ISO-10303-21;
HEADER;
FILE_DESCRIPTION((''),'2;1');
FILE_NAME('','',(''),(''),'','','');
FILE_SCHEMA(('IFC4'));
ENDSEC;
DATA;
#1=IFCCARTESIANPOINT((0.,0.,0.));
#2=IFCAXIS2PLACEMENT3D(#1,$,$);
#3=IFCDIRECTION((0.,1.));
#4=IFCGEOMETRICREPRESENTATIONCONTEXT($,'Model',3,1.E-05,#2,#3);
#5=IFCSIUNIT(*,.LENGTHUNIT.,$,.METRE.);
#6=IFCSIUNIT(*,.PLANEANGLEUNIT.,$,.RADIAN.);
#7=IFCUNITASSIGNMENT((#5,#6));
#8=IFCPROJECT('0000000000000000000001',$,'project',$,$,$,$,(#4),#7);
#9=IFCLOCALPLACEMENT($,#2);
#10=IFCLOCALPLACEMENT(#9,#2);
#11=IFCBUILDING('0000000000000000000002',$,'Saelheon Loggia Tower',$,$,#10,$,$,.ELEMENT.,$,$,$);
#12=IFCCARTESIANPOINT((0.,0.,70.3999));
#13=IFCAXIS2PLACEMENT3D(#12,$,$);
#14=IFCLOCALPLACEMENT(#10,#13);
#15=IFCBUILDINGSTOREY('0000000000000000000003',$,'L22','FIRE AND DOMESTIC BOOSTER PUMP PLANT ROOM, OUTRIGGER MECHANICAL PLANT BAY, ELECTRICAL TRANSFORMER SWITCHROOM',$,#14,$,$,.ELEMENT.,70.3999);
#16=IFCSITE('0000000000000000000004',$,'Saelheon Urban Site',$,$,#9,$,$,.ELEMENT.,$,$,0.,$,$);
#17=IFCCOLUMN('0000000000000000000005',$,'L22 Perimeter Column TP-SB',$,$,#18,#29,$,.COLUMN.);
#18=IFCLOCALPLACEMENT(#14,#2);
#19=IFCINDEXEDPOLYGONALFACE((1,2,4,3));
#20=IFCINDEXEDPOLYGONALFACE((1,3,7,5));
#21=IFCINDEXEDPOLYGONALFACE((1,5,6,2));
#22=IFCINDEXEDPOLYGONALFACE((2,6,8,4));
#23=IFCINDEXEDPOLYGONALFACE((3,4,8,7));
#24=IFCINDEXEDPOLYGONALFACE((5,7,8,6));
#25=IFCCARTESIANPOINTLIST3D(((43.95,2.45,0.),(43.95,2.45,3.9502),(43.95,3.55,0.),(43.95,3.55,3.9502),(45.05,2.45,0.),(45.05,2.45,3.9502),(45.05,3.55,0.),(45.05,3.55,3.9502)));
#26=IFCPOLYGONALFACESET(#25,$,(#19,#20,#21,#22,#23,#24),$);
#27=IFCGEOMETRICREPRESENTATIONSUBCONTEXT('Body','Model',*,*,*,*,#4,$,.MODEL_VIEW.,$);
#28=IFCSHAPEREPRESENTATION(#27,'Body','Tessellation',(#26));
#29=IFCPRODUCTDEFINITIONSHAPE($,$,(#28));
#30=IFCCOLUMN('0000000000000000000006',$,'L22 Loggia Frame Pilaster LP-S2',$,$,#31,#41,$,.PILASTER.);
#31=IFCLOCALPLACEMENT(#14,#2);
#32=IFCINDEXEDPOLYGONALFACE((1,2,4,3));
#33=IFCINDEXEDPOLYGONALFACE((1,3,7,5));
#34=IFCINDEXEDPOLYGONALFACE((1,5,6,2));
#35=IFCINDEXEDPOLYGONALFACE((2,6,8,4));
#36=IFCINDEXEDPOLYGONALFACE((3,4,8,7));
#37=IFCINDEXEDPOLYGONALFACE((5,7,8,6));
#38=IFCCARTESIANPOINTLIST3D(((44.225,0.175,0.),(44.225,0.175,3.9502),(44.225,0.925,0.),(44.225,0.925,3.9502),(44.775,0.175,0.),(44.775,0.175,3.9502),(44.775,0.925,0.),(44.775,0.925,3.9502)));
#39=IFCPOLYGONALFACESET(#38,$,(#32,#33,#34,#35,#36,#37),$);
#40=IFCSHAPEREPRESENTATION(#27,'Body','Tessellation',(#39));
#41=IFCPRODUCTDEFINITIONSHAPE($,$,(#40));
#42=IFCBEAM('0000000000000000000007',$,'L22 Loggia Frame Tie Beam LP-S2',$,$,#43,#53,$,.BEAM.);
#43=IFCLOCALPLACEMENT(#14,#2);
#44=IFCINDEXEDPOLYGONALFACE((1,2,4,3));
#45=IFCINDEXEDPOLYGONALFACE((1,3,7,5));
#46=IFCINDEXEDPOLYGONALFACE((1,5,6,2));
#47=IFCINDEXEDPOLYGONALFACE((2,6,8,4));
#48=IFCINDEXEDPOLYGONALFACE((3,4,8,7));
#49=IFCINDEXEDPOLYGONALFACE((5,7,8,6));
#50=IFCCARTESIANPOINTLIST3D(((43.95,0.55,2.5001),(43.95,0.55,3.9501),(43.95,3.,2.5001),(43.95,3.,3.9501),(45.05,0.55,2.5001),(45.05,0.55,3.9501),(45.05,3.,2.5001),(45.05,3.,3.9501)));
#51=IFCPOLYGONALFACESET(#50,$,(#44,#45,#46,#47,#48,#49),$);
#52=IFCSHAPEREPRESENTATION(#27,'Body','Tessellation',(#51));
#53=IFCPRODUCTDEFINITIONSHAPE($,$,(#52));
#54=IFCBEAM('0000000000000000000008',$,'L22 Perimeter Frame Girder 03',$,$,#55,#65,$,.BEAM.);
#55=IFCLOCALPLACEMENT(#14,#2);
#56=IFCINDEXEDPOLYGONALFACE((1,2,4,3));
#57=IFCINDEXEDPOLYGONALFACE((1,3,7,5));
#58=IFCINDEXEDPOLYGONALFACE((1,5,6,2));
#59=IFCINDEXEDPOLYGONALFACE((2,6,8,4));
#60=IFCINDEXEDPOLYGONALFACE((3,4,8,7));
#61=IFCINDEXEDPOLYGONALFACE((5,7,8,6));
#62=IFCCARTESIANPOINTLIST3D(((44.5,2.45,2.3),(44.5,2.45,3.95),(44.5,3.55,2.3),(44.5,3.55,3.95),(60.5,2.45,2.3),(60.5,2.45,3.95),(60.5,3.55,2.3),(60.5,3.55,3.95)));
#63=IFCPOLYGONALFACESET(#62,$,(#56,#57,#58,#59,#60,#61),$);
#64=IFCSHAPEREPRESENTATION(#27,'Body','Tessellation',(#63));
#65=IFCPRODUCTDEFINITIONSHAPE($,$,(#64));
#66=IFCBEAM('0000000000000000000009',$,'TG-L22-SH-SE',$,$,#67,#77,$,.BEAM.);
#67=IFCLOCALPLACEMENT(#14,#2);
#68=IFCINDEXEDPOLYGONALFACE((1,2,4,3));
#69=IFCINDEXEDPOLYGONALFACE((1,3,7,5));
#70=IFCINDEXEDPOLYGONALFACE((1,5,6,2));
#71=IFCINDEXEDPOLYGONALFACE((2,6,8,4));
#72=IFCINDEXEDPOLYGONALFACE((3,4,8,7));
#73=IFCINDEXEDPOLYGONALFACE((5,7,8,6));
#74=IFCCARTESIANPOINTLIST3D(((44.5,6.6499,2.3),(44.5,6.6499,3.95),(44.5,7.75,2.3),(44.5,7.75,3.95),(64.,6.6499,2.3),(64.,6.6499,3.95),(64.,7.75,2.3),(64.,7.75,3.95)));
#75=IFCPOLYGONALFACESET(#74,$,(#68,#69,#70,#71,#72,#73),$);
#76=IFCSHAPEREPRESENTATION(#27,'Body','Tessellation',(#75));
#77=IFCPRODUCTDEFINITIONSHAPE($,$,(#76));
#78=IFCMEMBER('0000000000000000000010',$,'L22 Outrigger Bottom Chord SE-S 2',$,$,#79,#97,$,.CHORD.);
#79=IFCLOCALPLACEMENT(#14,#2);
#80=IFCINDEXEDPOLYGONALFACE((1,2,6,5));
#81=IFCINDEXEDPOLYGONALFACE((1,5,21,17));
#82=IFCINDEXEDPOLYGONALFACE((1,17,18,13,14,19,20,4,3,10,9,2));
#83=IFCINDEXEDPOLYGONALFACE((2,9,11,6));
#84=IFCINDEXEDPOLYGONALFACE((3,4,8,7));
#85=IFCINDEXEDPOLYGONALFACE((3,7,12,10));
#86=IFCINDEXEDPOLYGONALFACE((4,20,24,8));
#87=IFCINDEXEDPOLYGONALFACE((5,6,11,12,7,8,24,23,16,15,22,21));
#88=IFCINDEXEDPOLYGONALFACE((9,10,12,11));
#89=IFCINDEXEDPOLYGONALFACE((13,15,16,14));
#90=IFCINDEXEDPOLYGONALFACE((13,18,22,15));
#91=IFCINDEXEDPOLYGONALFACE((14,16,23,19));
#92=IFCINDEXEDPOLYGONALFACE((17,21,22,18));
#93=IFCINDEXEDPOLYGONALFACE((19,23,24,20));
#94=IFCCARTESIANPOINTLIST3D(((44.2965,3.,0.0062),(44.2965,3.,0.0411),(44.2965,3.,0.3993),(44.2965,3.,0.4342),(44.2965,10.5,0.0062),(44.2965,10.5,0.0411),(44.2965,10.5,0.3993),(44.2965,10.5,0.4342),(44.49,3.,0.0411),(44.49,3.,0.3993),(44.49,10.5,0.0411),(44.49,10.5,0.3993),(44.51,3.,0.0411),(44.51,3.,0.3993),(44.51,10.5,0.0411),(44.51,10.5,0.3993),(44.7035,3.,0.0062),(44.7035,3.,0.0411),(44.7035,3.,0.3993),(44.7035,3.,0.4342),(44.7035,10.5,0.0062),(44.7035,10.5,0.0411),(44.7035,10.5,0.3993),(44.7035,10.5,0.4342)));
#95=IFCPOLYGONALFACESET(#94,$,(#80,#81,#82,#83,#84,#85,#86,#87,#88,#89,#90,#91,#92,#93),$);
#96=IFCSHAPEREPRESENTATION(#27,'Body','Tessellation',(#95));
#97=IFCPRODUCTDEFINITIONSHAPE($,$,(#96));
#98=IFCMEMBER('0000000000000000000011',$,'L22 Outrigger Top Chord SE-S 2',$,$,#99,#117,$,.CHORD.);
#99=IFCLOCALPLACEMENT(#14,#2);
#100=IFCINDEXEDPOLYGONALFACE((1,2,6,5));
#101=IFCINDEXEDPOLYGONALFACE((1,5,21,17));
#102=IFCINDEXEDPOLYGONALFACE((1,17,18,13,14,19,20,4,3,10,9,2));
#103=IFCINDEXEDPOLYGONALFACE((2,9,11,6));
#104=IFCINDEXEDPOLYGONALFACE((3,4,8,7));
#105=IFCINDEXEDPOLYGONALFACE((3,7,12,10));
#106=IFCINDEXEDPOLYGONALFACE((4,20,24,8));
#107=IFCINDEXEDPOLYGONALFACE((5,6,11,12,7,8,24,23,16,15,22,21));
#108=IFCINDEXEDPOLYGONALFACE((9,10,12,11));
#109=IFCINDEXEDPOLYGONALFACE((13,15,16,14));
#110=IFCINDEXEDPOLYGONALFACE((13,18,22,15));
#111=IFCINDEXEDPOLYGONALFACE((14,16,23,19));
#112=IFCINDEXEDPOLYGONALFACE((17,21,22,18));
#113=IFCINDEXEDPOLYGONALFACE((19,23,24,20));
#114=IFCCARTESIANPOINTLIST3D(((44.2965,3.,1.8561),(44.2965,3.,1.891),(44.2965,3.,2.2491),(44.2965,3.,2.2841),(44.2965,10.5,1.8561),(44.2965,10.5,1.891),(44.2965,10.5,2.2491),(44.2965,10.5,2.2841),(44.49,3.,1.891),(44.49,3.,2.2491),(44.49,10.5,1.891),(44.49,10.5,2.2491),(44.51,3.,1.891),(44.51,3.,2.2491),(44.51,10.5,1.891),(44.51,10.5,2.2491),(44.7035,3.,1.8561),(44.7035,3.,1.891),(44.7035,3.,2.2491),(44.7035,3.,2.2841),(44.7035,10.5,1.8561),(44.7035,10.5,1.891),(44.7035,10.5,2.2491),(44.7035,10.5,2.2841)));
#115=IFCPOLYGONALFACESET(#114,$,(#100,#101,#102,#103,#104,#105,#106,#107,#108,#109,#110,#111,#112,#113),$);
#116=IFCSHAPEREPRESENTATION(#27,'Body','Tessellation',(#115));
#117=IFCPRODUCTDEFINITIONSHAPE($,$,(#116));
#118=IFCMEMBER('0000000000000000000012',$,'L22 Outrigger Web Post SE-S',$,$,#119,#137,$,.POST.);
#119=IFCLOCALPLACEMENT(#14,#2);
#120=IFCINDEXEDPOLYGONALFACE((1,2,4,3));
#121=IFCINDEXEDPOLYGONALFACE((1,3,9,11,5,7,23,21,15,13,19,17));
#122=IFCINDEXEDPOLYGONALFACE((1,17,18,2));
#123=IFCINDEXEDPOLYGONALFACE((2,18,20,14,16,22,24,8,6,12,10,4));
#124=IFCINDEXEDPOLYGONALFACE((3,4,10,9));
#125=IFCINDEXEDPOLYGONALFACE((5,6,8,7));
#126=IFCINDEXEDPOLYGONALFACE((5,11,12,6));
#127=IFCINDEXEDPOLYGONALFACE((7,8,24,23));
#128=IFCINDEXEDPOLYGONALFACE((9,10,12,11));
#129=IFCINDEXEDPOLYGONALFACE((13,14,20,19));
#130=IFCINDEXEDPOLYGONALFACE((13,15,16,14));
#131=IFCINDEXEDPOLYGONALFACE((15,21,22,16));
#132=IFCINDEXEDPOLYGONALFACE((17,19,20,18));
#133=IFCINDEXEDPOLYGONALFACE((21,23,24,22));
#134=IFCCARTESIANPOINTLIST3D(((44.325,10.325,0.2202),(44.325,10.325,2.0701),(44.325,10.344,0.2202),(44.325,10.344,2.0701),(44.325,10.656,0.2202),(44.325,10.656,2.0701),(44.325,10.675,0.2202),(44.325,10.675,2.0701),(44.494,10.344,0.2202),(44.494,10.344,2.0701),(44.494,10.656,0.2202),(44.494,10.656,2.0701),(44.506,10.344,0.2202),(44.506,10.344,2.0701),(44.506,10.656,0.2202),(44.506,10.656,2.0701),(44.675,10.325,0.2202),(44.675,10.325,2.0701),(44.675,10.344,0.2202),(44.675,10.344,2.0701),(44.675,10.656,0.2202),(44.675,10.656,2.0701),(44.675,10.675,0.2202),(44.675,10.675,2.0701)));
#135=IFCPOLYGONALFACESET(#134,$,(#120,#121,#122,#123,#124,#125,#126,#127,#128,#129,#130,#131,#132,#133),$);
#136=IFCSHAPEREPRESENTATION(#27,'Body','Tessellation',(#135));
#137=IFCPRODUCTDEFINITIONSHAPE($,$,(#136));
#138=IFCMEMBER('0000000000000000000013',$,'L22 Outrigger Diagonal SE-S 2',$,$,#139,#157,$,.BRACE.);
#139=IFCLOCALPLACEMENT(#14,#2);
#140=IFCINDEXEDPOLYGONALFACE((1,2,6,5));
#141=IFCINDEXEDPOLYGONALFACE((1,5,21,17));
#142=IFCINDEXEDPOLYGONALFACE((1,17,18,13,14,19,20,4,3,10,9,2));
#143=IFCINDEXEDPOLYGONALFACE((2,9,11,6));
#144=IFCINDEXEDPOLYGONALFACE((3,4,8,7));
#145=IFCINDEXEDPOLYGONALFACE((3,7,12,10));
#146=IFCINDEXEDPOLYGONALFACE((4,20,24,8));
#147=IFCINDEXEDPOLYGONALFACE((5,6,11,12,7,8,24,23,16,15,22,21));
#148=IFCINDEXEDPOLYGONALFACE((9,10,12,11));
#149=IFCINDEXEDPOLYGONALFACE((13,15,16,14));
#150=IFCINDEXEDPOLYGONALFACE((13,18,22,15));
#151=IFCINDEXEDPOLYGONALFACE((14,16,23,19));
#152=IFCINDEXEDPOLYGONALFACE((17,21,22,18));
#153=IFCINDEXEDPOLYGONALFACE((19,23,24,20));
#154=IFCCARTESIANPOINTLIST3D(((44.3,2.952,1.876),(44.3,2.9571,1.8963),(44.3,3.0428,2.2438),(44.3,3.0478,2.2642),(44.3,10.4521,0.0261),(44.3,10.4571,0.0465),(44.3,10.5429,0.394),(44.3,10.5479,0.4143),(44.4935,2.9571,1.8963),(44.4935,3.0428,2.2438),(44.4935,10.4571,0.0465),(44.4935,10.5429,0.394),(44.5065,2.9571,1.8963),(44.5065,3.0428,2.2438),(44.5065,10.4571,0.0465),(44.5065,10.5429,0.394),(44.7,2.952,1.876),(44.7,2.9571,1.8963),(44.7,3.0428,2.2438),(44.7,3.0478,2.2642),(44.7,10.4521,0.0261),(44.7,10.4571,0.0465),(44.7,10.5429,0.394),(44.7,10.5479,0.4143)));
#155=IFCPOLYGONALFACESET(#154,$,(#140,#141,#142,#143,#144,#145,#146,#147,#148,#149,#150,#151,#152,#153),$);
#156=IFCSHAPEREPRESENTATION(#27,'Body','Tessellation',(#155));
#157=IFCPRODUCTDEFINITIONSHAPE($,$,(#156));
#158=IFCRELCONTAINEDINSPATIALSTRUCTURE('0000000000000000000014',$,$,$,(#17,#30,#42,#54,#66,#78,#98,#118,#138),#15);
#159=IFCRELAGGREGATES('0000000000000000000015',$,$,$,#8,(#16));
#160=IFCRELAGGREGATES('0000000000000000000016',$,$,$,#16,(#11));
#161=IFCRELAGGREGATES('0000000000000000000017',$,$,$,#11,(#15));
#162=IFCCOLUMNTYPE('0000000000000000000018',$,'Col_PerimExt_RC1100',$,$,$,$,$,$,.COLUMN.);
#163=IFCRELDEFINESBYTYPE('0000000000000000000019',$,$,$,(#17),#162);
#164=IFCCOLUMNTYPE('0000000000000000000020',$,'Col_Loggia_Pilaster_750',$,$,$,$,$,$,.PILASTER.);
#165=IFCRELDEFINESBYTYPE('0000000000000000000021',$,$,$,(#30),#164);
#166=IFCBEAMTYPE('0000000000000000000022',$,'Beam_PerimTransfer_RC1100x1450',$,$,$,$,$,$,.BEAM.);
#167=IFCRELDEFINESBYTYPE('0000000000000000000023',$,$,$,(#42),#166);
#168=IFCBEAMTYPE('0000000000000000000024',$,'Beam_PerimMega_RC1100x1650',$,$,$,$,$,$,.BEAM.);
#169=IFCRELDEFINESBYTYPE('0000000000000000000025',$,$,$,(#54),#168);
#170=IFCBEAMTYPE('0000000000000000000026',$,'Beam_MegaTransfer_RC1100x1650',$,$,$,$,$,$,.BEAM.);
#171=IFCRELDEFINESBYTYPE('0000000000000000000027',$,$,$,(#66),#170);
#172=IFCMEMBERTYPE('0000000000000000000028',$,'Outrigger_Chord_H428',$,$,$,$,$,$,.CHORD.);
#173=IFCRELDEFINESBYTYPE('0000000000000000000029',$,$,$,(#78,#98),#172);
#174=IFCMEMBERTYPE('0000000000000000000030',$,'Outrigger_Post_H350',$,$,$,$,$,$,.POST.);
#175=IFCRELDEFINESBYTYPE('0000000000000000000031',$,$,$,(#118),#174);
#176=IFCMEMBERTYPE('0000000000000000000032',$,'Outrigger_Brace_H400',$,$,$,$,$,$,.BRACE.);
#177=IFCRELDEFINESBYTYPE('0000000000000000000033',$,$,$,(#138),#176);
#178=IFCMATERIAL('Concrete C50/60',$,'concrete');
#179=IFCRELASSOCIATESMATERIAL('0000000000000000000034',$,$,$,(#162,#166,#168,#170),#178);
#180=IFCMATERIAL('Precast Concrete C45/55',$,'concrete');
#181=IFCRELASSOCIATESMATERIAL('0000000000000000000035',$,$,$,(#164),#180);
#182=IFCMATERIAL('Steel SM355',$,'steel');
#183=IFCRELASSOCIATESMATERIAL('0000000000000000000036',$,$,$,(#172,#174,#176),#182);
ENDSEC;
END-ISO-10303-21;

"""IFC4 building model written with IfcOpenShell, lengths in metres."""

from ifc_helpers import new_model, si_unit, direction, frame, origin, origin_2d, place, context, subcontext, project, spatial, rectangle, i_section, extrude, source, transform, mapped, material, material_profile, profile_set, type_object, element, save


model = new_model("IFC4")

# Units and contexts
model_context = context("Model", 3, precision=1e-05, world=origin(), true_north=direction((0.0, 1.0)))
body_context = subcontext(model_context, "Body", "Model", "MODEL_VIEW")
ifc_project = project(units=[si_unit("LENGTHUNIT", "METRE"), si_unit("PLANEANGLEUNIT", "RADIAN")], contexts=[model_context])

# Site, building, storey
site_placement = place(None, origin())
site = spatial("IfcSite", under=ifc_project, at=site_placement, Name="Saelheon Urban Site", CompositionType="ELEMENT", RefElevation=0.0)
building_placement = place(site_placement, origin())
building = spatial("IfcBuilding", under=site, at=building_placement, Name="Saelheon Loggia Tower", CompositionType="ELEMENT")
storey_placement = place(building_placement, frame((0.0, 0.0, 70.3999)))
storey = spatial("IfcBuildingStorey", under=building, at=storey_placement, Name="L22", Description="FIRE AND DOMESTIC BOOSTER PUMP PLANT ROOM, OUTRIGGER MECHANICAL PLANT BAY, ELECTRICAL TRANSFORMER SWITCHROOM", CompositionType="ELEMENT", Elevation=70.3999)

# Columns
ifc_material_1 = material(Name="Concrete C50/60", Category="concrete")
ifc_material_profile_1 = material_profile(ifc_material_1, rectangle(XDim=1.1001, YDim=1.1001, at=origin_2d()), Name="RC-1100x1100")
ifc_profile_set_1 = profile_set([ifc_material_profile_1], Name="Concrete C50/60")
column_type_1 = type_object("IfcColumnType", Name="Col_PerimExt_RC1100", PredefinedType="COLUMN", material=ifc_profile_set_1)
shared_shape_1 = source(origin(), body_context, "Body", "SweptSolid", [
    extrude(rectangle(XDim=1.1001, YDim=1.1001, at=origin_2d()), origin(), (0.0, 0.0, 1.0), 3.9502),
])
column_1_placement = place(storey_placement, frame((44.5, 3.0, 0.0), z_axis=(0.0, 0.0, 1.0), x_axis=(1.0, 0.0, 0.0)))
element("IfcColumn", 1, at=column_1_placement, inside=storey, type_object=column_type_1, Name="L22 Perimeter Column TP-SB", PredefinedType="COLUMN", context=body_context, shape_type="MappedRepresentation", body=[
    mapped(shared_shape_1, transform((0.0, 0.0, 0.0), scale=1.0)),
])
ifc_material_2 = material(Name="Precast Concrete C45/55", Category="concrete")
ifc_material_profile_2 = material_profile(ifc_material_2, rectangle(XDim=0.55, YDim=0.75, at=origin_2d()), Name="RC-550x750")
ifc_profile_set_2 = profile_set([ifc_material_profile_2], Name="Precast Concrete C45/55")
column_type_2 = type_object("IfcColumnType", Name="Col_Loggia_Pilaster_750", PredefinedType="PILASTER", material=ifc_profile_set_2)
shared_shape_2 = source(origin(), body_context, "Body", "SweptSolid", [
    extrude(rectangle(XDim=0.55, YDim=0.75, at=origin_2d()), origin(), (0.0, 0.0, 1.0), 3.9502),
])
column_2_placement = place(storey_placement, frame((44.5, 0.55, 0.0), z_axis=(0.0, 0.0, 1.0), x_axis=(1.0, 0.0, 0.0)))
element("IfcColumn", 2, at=column_2_placement, inside=storey, type_object=column_type_2, Name="L22 Loggia Frame Pilaster LP-S2", PredefinedType="PILASTER", context=body_context, shape_type="MappedRepresentation", body=[
    mapped(shared_shape_2, transform((0.0, 0.0, 0.0), scale=1.0)),
])

# Beams
ifc_material_profile_3 = material_profile(ifc_material_1, rectangle(XDim=1.1001, YDim=1.45, at=origin_2d()), Name="RC-1100x1450")
ifc_profile_set_3 = profile_set([ifc_material_profile_3], Name="Concrete C50/60")
beam_type_1 = type_object("IfcBeamType", Name="Beam_PerimTransfer_RC1100x1450", PredefinedType="BEAM", material=ifc_profile_set_3)
shared_shape_3 = source(origin(), body_context, "Body", "SweptSolid", [
    extrude(rectangle(XDim=1.1001, YDim=1.45, at=origin_2d()), origin(), (0.0, 0.0, 1.0), 2.45),
])
beam_1_placement = place(storey_placement, frame((44.5, 3.0, 3.2251), z_axis=(0.0, -1.0, 0.0), x_axis=(1.0, 0.0, 0.0)))
element("IfcBeam", 3, at=beam_1_placement, inside=storey, type_object=beam_type_1, Name="L22 Loggia Frame Tie Beam LP-S2", PredefinedType="BEAM", context=body_context, shape_type="MappedRepresentation", body=[
    mapped(shared_shape_3, transform((0.0, 0.0, 0.0), scale=1.0)),
])
ifc_material_profile_4 = material_profile(ifc_material_1, rectangle(XDim=1.1001, YDim=1.6499, at=origin_2d()), Name="RC-1100x1650")
ifc_profile_set_4 = profile_set([ifc_material_profile_4], Name="Concrete C50/60")
beam_type_2 = type_object("IfcBeamType", Name="Beam_PerimMega_RC1100x1650", PredefinedType="BEAM", material=ifc_profile_set_4)
shared_shape_4 = source(origin(), body_context, "Body", "SweptSolid", [
    extrude(rectangle(XDim=1.1001, YDim=1.6499, at=origin_2d()), origin(), (0.0, 0.0, 1.0), 16.0),
])
beam_2_placement = place(storey_placement, frame((44.5, 3.0, 3.125), z_axis=(1.0, 0.0, 0.0), x_axis=(0.0, 1.0, 0.0)))
element("IfcBeam", 4, at=beam_2_placement, inside=storey, type_object=beam_type_2, Name="L22 Perimeter Frame Girder 03", PredefinedType="BEAM", context=body_context, shape_type="MappedRepresentation", body=[
    mapped(shared_shape_4, transform((0.0, 0.0, 0.0), scale=1.0)),
])
ifc_material_profile_5 = material_profile(ifc_material_1, rectangle(XDim=1.1001, YDim=1.6499, at=origin_2d()), Name="RC-1100x1650")
ifc_profile_set_5 = profile_set([ifc_material_profile_5], Name="Concrete C50/60")
beam_type_3 = type_object("IfcBeamType", Name="Beam_MegaTransfer_RC1100x1650", PredefinedType="BEAM", material=ifc_profile_set_5)
shared_shape_5 = source(origin(), body_context, "Body", "SweptSolid", [
    extrude(rectangle(XDim=1.1001, YDim=1.6499, at=origin_2d()), origin(), (0.0, 0.0, 1.0), 19.5),
])
beam_3_placement = place(storey_placement, frame((44.5, 7.2, 3.125), z_axis=(1.0, 0.0, 0.0), x_axis=(0.0, 1.0, 0.0)))
element("IfcBeam", 5, at=beam_3_placement, inside=storey, type_object=beam_type_3, Name="TG-L22-SH-SE", PredefinedType="BEAM", context=body_context, shape_type="MappedRepresentation", body=[
    mapped(shared_shape_5, transform((0.0, 0.0, 0.0), scale=1.0)),
])

# Members
ifc_material_3 = material(Name="Steel SM355", Category="steel")
ifc_material_profile_6 = material_profile(ifc_material_3, i_section(OverallWidth=0.407, OverallDepth=0.428, WebThickness=0.02, FlangeThickness=0.0349, at=origin_2d()), Name="H-428x407x20x35")
ifc_profile_set_6 = profile_set([ifc_material_profile_6], Name="Steel SM355")
member_type_1 = type_object("IfcMemberType", Name="Outrigger_Chord_H428", PredefinedType="CHORD", material=ifc_profile_set_6)
shared_shape_6 = source(origin(), body_context, "Body", "SweptSolid", [
    extrude(i_section(OverallWidth=0.407, OverallDepth=0.428, WebThickness=0.02, FlangeThickness=0.0349, at=origin_2d()), origin(), (0.0, 0.0, 1.0), 7.5),
])
for number, where, z_axis, x_axis, name in (
    (6, (44.5, 10.5, 0.2202), (0.0, -1.0, 0.0), (1.0, 0.0, 0.0), "L22 Outrigger Bottom Chord SE-S 2"),
    (7, (44.5, 10.5, 2.0701), (0.0, -1.0, 0.0), (1.0, 0.0, 0.0), "L22 Outrigger Top Chord SE-S 2"),
):
    element("IfcMember", number, at=place(storey_placement, frame(where, z_axis=z_axis, x_axis=x_axis)), inside=storey, type_object=member_type_1, Name=name, PredefinedType="CHORD", context=body_context, shape_type="MappedRepresentation", body=[
        mapped(shared_shape_6, transform((0.0, 0.0, 0.0), scale=1.0)),
    ])
ifc_material_profile_7 = material_profile(ifc_material_3, i_section(OverallWidth=0.3501, OverallDepth=0.3501, WebThickness=0.012, FlangeThickness=0.019, at=origin_2d()), Name="H-350x350x12x19")
ifc_profile_set_7 = profile_set([ifc_material_profile_7], Name="Steel SM355")
member_type_2 = type_object("IfcMemberType", Name="Outrigger_Post_H350", PredefinedType="POST", material=ifc_profile_set_7)
shared_shape_7 = source(origin(), body_context, "Body", "SweptSolid", [
    extrude(i_section(OverallWidth=0.3501, OverallDepth=0.3501, WebThickness=0.012, FlangeThickness=0.019, at=origin_2d()), origin(), (0.0, 0.0, 1.0), 1.8499),
])
member_1_placement = place(storey_placement, frame((44.5, 10.5, 0.2202), z_axis=(0.0, 0.0, 1.0), x_axis=(1.0, 0.0, 0.0)))
element("IfcMember", 8, at=member_1_placement, inside=storey, type_object=member_type_2, Name="L22 Outrigger Web Post SE-S", PredefinedType="POST", context=body_context, shape_type="MappedRepresentation", body=[
    mapped(shared_shape_7, transform((0.0, 0.0, 0.0), scale=1.0)),
])
ifc_material_profile_8 = material_profile(ifc_material_3, i_section(OverallWidth=0.3999, OverallDepth=0.3999, WebThickness=0.0129, FlangeThickness=0.021, at=origin_2d()), Name="H-400x400x13x21")
ifc_profile_set_8 = profile_set([ifc_material_profile_8], Name="Steel SM355")
member_type_3 = type_object("IfcMemberType", Name="Outrigger_Brace_H400", PredefinedType="BRACE", material=ifc_profile_set_8)
shared_shape_8 = source(origin(), body_context, "Body", "SweptSolid", [
    extrude(i_section(OverallWidth=0.3999, OverallDepth=0.3999, WebThickness=0.0129, FlangeThickness=0.021, at=origin_2d()), origin(), (0.0, 0.0, 1.0), 7.7249),
])
member_2_placement = place(storey_placement, frame((44.5, 10.5, 0.2202), z_axis=(0.0, -0.970904, 0.239471), x_axis=(1.0, 0.0, 0.0)))
element("IfcMember", 9, at=member_2_placement, inside=storey, type_object=member_type_3, Name="L22 Outrigger Diagonal SE-S 2", PredefinedType="BRACE", context=body_context, shape_type="MappedRepresentation", body=[
    mapped(shared_shape_8, transform((0.0, 0.0, 0.0), scale=1.0)),
])

save(model, "model.ifc")
